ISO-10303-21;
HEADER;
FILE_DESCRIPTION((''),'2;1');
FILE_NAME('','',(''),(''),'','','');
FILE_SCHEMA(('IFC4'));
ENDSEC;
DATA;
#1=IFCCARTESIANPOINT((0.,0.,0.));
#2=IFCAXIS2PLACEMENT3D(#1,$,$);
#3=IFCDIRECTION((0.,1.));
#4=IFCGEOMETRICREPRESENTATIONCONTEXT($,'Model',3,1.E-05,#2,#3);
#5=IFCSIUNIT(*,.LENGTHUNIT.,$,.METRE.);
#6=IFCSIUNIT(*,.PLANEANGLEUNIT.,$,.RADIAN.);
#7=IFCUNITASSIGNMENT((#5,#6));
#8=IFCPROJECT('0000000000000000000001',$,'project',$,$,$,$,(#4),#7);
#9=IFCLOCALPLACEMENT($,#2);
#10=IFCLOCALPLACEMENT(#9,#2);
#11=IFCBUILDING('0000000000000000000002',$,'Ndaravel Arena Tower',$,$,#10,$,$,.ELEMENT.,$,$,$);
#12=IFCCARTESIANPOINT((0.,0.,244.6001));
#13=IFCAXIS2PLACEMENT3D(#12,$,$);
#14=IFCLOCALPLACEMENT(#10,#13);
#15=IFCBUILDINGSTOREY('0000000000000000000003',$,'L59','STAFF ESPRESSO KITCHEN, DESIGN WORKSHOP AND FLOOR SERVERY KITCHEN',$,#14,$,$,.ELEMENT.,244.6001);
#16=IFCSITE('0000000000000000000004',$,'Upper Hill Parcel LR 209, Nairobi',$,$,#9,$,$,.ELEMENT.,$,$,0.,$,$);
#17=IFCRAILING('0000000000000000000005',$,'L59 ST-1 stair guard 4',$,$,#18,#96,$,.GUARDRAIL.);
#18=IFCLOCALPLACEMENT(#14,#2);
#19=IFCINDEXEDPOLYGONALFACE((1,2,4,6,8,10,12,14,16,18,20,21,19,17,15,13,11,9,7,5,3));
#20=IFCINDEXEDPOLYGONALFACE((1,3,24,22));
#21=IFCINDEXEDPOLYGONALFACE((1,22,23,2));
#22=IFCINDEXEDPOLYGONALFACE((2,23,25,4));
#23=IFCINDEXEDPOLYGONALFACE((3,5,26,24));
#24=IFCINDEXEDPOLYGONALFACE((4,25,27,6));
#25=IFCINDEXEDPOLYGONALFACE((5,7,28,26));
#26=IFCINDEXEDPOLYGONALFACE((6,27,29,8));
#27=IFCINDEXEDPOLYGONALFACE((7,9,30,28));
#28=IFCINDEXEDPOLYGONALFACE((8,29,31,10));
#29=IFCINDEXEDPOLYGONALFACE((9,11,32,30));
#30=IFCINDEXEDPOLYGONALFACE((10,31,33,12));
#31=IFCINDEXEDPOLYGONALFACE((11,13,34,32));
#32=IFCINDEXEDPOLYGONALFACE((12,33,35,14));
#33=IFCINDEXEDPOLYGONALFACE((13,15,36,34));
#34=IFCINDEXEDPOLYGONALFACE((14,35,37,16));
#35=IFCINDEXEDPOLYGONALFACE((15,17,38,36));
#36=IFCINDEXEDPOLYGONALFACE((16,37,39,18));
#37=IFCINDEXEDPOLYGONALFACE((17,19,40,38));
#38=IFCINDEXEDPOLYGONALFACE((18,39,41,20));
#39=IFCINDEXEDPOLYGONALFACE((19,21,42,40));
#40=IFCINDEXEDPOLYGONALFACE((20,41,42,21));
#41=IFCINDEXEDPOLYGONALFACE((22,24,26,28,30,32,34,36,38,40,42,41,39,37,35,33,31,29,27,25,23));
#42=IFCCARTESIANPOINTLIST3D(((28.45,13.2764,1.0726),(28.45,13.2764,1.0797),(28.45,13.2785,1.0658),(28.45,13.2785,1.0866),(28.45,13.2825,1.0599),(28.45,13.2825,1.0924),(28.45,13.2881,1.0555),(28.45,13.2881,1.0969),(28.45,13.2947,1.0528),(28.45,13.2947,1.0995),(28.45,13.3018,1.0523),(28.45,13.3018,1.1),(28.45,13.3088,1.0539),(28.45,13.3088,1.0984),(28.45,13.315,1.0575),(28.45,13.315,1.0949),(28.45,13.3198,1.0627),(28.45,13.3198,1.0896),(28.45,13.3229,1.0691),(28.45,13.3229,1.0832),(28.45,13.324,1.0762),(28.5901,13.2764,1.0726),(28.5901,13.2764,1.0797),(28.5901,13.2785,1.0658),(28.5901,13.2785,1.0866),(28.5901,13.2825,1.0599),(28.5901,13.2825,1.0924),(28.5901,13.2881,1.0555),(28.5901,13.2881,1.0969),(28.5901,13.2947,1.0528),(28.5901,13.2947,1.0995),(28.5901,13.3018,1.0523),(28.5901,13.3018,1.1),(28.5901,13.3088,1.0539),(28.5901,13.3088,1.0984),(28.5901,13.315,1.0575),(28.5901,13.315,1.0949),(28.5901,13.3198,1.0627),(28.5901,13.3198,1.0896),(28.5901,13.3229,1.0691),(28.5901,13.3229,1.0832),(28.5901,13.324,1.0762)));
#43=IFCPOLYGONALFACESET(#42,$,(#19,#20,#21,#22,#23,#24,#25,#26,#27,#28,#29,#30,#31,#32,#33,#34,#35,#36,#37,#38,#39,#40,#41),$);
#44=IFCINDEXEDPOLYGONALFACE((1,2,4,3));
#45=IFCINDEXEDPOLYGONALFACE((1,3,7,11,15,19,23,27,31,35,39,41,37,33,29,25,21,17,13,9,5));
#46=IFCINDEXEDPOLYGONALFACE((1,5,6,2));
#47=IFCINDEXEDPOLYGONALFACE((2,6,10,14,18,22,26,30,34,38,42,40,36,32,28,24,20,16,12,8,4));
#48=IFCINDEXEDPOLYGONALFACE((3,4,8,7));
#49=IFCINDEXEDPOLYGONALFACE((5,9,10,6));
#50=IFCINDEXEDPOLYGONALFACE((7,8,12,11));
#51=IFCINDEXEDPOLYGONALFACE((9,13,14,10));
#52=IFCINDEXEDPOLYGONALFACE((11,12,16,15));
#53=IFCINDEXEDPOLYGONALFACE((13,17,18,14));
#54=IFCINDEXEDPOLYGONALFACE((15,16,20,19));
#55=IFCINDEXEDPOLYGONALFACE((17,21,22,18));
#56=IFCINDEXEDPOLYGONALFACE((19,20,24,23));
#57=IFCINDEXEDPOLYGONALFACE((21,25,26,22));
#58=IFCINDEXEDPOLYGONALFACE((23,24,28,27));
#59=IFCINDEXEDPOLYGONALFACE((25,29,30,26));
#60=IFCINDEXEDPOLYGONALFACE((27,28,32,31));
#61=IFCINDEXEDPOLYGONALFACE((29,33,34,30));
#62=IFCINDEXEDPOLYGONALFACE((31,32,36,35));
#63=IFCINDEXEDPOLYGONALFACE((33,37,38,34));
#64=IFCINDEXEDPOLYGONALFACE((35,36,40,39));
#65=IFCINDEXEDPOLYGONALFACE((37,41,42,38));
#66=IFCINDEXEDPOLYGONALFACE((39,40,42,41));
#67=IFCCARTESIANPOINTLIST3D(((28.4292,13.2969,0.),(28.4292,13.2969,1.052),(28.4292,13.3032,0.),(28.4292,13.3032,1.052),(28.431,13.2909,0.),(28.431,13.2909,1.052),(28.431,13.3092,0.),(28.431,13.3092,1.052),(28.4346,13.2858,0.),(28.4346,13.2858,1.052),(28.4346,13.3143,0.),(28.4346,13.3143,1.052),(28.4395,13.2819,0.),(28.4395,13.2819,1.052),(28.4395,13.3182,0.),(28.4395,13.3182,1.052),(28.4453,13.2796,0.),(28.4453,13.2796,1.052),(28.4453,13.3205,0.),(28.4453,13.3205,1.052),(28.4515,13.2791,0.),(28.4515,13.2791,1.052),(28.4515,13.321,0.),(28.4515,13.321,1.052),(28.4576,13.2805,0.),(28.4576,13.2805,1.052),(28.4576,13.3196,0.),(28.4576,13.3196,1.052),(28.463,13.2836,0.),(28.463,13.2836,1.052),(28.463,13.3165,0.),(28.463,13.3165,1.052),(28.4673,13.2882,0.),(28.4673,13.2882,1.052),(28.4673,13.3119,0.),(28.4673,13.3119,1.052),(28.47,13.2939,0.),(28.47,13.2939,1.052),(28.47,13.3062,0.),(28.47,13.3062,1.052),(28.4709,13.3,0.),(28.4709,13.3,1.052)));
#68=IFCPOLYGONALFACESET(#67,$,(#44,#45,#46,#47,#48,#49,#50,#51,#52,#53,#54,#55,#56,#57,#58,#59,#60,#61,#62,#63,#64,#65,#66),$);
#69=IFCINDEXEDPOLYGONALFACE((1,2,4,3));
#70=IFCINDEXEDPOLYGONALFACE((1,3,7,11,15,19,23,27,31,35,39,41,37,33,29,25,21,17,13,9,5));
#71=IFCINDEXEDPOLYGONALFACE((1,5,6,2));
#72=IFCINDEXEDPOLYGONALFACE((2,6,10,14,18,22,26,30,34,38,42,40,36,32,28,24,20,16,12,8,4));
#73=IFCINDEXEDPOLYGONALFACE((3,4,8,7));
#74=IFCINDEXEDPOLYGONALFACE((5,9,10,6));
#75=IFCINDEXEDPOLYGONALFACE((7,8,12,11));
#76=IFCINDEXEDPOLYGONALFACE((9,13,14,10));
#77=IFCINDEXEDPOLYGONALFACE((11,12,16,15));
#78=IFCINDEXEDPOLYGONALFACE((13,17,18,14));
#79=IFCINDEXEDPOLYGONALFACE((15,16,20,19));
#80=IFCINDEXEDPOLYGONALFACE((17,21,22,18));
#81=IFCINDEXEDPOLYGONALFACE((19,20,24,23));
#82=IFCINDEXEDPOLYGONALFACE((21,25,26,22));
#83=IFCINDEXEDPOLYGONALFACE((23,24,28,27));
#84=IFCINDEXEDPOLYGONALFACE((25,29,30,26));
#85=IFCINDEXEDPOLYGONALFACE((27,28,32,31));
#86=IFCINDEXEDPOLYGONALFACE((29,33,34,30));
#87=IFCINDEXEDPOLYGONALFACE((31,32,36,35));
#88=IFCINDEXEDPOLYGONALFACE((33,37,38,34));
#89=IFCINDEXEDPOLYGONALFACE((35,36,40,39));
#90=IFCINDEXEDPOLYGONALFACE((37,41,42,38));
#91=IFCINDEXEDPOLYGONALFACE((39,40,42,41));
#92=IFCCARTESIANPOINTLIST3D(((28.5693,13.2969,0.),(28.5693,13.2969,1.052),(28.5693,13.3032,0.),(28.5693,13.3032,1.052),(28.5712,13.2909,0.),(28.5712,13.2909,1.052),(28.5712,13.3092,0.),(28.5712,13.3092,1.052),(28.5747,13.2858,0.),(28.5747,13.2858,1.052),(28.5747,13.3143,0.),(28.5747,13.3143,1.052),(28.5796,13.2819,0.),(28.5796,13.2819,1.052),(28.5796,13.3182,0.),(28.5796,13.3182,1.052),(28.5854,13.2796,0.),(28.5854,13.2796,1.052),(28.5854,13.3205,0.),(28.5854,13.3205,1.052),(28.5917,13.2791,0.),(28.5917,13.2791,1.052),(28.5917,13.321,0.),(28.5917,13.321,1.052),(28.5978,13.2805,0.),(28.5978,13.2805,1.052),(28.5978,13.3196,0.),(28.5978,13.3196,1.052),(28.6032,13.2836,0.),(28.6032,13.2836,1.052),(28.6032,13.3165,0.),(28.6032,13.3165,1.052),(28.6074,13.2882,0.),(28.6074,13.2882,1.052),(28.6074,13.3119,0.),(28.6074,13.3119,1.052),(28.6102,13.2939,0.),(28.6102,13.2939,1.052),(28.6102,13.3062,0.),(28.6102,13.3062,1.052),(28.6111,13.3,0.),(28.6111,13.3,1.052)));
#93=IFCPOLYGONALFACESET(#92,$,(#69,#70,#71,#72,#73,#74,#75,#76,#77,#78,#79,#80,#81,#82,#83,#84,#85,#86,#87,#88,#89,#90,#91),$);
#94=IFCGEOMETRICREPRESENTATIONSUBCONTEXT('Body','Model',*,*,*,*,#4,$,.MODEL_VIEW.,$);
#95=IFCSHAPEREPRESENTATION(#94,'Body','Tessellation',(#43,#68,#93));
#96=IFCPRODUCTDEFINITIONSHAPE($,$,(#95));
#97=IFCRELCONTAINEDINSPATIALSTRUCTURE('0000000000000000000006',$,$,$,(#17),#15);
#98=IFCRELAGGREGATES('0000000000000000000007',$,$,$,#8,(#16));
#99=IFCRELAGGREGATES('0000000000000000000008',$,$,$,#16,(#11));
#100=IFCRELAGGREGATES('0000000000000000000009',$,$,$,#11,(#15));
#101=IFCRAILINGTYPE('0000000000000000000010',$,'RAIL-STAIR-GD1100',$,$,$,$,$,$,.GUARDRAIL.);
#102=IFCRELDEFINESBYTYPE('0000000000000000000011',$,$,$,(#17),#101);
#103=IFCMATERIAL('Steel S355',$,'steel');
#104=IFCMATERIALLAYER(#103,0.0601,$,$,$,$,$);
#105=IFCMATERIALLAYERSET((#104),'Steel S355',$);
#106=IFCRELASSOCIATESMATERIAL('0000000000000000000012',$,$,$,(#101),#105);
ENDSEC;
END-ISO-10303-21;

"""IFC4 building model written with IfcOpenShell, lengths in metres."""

from ifc_helpers import new_model, si_unit, direction, frame, origin, origin_2d, place, context, subcontext, project, spatial, circle, extrude, material, layer, layer_set, type_object, element, save


model = new_model("IFC4")

# Units and contexts
model_context = context("Model", 3, precision=1e-05, world=origin(), true_north=direction((0.0, 1.0)))
body_context = subcontext(model_context, "Body", "Model", "MODEL_VIEW")
ifc_project = project(units=[si_unit("LENGTHUNIT", "METRE"), si_unit("PLANEANGLEUNIT", "RADIAN")], contexts=[model_context])

# Site, building, storey
site_placement = place(None, origin())
site = spatial("IfcSite", under=ifc_project, at=site_placement, Name="Upper Hill Parcel LR 209, Nairobi", CompositionType="ELEMENT", RefElevation=0.0)
building_placement = place(site_placement, origin())
building = spatial("IfcBuilding", under=site, at=building_placement, Name="Ndaravel Arena Tower", CompositionType="ELEMENT")
storey_placement = place(building_placement, frame((0.0, 0.0, 244.6001)))
storey = spatial("IfcBuildingStorey", under=building, at=storey_placement, Name="L59", Description="STAFF ESPRESSO KITCHEN, DESIGN WORKSHOP AND FLOOR SERVERY KITCHEN", CompositionType="ELEMENT", Elevation=244.6001)

# Railing
ifc_material_1 = material(Name="Steel S355", Category="steel")
ifc_layer_1 = layer(ifc_material_1, 0.0601)
ifc_layer_set_1 = layer_set([ifc_layer_1], Name="Steel S355")
railing_type_1 = type_object("IfcRailingType", Name="RAIL-STAIR-GD1100", PredefinedType="GUARDRAIL", material=ifc_layer_set_1)
railing_1_placement = place(storey_placement, frame((28.45, 13.3, 0.0)))
element("IfcRailing", 1, at=railing_1_placement, inside=storey, type_object=railing_type_1, Name="L59 ST-1 stair guard 4", PredefinedType="GUARDRAIL", context=body_context, shape_type="SweptSolid", body=[
    extrude(circle(Radius=0.0239, at=origin_2d()), frame((0.0, 0.0, 1.0762), z_axis=(1.0, 0.0, 0.0), x_axis=(0.0, 1.0, 0.0)), (0.0, 0.0, 1.0), 0.1401),
    extrude(circle(Radius=0.021, at=origin_2d()), origin(), (0.0, 0.0, 1.0), 1.052),
    extrude(circle(Radius=0.021, at=origin_2d()), frame((0.1401, 0.0, 0.0)), (0.0, 0.0, 1.0), 1.052),
])

save(model, "model.ifc")
